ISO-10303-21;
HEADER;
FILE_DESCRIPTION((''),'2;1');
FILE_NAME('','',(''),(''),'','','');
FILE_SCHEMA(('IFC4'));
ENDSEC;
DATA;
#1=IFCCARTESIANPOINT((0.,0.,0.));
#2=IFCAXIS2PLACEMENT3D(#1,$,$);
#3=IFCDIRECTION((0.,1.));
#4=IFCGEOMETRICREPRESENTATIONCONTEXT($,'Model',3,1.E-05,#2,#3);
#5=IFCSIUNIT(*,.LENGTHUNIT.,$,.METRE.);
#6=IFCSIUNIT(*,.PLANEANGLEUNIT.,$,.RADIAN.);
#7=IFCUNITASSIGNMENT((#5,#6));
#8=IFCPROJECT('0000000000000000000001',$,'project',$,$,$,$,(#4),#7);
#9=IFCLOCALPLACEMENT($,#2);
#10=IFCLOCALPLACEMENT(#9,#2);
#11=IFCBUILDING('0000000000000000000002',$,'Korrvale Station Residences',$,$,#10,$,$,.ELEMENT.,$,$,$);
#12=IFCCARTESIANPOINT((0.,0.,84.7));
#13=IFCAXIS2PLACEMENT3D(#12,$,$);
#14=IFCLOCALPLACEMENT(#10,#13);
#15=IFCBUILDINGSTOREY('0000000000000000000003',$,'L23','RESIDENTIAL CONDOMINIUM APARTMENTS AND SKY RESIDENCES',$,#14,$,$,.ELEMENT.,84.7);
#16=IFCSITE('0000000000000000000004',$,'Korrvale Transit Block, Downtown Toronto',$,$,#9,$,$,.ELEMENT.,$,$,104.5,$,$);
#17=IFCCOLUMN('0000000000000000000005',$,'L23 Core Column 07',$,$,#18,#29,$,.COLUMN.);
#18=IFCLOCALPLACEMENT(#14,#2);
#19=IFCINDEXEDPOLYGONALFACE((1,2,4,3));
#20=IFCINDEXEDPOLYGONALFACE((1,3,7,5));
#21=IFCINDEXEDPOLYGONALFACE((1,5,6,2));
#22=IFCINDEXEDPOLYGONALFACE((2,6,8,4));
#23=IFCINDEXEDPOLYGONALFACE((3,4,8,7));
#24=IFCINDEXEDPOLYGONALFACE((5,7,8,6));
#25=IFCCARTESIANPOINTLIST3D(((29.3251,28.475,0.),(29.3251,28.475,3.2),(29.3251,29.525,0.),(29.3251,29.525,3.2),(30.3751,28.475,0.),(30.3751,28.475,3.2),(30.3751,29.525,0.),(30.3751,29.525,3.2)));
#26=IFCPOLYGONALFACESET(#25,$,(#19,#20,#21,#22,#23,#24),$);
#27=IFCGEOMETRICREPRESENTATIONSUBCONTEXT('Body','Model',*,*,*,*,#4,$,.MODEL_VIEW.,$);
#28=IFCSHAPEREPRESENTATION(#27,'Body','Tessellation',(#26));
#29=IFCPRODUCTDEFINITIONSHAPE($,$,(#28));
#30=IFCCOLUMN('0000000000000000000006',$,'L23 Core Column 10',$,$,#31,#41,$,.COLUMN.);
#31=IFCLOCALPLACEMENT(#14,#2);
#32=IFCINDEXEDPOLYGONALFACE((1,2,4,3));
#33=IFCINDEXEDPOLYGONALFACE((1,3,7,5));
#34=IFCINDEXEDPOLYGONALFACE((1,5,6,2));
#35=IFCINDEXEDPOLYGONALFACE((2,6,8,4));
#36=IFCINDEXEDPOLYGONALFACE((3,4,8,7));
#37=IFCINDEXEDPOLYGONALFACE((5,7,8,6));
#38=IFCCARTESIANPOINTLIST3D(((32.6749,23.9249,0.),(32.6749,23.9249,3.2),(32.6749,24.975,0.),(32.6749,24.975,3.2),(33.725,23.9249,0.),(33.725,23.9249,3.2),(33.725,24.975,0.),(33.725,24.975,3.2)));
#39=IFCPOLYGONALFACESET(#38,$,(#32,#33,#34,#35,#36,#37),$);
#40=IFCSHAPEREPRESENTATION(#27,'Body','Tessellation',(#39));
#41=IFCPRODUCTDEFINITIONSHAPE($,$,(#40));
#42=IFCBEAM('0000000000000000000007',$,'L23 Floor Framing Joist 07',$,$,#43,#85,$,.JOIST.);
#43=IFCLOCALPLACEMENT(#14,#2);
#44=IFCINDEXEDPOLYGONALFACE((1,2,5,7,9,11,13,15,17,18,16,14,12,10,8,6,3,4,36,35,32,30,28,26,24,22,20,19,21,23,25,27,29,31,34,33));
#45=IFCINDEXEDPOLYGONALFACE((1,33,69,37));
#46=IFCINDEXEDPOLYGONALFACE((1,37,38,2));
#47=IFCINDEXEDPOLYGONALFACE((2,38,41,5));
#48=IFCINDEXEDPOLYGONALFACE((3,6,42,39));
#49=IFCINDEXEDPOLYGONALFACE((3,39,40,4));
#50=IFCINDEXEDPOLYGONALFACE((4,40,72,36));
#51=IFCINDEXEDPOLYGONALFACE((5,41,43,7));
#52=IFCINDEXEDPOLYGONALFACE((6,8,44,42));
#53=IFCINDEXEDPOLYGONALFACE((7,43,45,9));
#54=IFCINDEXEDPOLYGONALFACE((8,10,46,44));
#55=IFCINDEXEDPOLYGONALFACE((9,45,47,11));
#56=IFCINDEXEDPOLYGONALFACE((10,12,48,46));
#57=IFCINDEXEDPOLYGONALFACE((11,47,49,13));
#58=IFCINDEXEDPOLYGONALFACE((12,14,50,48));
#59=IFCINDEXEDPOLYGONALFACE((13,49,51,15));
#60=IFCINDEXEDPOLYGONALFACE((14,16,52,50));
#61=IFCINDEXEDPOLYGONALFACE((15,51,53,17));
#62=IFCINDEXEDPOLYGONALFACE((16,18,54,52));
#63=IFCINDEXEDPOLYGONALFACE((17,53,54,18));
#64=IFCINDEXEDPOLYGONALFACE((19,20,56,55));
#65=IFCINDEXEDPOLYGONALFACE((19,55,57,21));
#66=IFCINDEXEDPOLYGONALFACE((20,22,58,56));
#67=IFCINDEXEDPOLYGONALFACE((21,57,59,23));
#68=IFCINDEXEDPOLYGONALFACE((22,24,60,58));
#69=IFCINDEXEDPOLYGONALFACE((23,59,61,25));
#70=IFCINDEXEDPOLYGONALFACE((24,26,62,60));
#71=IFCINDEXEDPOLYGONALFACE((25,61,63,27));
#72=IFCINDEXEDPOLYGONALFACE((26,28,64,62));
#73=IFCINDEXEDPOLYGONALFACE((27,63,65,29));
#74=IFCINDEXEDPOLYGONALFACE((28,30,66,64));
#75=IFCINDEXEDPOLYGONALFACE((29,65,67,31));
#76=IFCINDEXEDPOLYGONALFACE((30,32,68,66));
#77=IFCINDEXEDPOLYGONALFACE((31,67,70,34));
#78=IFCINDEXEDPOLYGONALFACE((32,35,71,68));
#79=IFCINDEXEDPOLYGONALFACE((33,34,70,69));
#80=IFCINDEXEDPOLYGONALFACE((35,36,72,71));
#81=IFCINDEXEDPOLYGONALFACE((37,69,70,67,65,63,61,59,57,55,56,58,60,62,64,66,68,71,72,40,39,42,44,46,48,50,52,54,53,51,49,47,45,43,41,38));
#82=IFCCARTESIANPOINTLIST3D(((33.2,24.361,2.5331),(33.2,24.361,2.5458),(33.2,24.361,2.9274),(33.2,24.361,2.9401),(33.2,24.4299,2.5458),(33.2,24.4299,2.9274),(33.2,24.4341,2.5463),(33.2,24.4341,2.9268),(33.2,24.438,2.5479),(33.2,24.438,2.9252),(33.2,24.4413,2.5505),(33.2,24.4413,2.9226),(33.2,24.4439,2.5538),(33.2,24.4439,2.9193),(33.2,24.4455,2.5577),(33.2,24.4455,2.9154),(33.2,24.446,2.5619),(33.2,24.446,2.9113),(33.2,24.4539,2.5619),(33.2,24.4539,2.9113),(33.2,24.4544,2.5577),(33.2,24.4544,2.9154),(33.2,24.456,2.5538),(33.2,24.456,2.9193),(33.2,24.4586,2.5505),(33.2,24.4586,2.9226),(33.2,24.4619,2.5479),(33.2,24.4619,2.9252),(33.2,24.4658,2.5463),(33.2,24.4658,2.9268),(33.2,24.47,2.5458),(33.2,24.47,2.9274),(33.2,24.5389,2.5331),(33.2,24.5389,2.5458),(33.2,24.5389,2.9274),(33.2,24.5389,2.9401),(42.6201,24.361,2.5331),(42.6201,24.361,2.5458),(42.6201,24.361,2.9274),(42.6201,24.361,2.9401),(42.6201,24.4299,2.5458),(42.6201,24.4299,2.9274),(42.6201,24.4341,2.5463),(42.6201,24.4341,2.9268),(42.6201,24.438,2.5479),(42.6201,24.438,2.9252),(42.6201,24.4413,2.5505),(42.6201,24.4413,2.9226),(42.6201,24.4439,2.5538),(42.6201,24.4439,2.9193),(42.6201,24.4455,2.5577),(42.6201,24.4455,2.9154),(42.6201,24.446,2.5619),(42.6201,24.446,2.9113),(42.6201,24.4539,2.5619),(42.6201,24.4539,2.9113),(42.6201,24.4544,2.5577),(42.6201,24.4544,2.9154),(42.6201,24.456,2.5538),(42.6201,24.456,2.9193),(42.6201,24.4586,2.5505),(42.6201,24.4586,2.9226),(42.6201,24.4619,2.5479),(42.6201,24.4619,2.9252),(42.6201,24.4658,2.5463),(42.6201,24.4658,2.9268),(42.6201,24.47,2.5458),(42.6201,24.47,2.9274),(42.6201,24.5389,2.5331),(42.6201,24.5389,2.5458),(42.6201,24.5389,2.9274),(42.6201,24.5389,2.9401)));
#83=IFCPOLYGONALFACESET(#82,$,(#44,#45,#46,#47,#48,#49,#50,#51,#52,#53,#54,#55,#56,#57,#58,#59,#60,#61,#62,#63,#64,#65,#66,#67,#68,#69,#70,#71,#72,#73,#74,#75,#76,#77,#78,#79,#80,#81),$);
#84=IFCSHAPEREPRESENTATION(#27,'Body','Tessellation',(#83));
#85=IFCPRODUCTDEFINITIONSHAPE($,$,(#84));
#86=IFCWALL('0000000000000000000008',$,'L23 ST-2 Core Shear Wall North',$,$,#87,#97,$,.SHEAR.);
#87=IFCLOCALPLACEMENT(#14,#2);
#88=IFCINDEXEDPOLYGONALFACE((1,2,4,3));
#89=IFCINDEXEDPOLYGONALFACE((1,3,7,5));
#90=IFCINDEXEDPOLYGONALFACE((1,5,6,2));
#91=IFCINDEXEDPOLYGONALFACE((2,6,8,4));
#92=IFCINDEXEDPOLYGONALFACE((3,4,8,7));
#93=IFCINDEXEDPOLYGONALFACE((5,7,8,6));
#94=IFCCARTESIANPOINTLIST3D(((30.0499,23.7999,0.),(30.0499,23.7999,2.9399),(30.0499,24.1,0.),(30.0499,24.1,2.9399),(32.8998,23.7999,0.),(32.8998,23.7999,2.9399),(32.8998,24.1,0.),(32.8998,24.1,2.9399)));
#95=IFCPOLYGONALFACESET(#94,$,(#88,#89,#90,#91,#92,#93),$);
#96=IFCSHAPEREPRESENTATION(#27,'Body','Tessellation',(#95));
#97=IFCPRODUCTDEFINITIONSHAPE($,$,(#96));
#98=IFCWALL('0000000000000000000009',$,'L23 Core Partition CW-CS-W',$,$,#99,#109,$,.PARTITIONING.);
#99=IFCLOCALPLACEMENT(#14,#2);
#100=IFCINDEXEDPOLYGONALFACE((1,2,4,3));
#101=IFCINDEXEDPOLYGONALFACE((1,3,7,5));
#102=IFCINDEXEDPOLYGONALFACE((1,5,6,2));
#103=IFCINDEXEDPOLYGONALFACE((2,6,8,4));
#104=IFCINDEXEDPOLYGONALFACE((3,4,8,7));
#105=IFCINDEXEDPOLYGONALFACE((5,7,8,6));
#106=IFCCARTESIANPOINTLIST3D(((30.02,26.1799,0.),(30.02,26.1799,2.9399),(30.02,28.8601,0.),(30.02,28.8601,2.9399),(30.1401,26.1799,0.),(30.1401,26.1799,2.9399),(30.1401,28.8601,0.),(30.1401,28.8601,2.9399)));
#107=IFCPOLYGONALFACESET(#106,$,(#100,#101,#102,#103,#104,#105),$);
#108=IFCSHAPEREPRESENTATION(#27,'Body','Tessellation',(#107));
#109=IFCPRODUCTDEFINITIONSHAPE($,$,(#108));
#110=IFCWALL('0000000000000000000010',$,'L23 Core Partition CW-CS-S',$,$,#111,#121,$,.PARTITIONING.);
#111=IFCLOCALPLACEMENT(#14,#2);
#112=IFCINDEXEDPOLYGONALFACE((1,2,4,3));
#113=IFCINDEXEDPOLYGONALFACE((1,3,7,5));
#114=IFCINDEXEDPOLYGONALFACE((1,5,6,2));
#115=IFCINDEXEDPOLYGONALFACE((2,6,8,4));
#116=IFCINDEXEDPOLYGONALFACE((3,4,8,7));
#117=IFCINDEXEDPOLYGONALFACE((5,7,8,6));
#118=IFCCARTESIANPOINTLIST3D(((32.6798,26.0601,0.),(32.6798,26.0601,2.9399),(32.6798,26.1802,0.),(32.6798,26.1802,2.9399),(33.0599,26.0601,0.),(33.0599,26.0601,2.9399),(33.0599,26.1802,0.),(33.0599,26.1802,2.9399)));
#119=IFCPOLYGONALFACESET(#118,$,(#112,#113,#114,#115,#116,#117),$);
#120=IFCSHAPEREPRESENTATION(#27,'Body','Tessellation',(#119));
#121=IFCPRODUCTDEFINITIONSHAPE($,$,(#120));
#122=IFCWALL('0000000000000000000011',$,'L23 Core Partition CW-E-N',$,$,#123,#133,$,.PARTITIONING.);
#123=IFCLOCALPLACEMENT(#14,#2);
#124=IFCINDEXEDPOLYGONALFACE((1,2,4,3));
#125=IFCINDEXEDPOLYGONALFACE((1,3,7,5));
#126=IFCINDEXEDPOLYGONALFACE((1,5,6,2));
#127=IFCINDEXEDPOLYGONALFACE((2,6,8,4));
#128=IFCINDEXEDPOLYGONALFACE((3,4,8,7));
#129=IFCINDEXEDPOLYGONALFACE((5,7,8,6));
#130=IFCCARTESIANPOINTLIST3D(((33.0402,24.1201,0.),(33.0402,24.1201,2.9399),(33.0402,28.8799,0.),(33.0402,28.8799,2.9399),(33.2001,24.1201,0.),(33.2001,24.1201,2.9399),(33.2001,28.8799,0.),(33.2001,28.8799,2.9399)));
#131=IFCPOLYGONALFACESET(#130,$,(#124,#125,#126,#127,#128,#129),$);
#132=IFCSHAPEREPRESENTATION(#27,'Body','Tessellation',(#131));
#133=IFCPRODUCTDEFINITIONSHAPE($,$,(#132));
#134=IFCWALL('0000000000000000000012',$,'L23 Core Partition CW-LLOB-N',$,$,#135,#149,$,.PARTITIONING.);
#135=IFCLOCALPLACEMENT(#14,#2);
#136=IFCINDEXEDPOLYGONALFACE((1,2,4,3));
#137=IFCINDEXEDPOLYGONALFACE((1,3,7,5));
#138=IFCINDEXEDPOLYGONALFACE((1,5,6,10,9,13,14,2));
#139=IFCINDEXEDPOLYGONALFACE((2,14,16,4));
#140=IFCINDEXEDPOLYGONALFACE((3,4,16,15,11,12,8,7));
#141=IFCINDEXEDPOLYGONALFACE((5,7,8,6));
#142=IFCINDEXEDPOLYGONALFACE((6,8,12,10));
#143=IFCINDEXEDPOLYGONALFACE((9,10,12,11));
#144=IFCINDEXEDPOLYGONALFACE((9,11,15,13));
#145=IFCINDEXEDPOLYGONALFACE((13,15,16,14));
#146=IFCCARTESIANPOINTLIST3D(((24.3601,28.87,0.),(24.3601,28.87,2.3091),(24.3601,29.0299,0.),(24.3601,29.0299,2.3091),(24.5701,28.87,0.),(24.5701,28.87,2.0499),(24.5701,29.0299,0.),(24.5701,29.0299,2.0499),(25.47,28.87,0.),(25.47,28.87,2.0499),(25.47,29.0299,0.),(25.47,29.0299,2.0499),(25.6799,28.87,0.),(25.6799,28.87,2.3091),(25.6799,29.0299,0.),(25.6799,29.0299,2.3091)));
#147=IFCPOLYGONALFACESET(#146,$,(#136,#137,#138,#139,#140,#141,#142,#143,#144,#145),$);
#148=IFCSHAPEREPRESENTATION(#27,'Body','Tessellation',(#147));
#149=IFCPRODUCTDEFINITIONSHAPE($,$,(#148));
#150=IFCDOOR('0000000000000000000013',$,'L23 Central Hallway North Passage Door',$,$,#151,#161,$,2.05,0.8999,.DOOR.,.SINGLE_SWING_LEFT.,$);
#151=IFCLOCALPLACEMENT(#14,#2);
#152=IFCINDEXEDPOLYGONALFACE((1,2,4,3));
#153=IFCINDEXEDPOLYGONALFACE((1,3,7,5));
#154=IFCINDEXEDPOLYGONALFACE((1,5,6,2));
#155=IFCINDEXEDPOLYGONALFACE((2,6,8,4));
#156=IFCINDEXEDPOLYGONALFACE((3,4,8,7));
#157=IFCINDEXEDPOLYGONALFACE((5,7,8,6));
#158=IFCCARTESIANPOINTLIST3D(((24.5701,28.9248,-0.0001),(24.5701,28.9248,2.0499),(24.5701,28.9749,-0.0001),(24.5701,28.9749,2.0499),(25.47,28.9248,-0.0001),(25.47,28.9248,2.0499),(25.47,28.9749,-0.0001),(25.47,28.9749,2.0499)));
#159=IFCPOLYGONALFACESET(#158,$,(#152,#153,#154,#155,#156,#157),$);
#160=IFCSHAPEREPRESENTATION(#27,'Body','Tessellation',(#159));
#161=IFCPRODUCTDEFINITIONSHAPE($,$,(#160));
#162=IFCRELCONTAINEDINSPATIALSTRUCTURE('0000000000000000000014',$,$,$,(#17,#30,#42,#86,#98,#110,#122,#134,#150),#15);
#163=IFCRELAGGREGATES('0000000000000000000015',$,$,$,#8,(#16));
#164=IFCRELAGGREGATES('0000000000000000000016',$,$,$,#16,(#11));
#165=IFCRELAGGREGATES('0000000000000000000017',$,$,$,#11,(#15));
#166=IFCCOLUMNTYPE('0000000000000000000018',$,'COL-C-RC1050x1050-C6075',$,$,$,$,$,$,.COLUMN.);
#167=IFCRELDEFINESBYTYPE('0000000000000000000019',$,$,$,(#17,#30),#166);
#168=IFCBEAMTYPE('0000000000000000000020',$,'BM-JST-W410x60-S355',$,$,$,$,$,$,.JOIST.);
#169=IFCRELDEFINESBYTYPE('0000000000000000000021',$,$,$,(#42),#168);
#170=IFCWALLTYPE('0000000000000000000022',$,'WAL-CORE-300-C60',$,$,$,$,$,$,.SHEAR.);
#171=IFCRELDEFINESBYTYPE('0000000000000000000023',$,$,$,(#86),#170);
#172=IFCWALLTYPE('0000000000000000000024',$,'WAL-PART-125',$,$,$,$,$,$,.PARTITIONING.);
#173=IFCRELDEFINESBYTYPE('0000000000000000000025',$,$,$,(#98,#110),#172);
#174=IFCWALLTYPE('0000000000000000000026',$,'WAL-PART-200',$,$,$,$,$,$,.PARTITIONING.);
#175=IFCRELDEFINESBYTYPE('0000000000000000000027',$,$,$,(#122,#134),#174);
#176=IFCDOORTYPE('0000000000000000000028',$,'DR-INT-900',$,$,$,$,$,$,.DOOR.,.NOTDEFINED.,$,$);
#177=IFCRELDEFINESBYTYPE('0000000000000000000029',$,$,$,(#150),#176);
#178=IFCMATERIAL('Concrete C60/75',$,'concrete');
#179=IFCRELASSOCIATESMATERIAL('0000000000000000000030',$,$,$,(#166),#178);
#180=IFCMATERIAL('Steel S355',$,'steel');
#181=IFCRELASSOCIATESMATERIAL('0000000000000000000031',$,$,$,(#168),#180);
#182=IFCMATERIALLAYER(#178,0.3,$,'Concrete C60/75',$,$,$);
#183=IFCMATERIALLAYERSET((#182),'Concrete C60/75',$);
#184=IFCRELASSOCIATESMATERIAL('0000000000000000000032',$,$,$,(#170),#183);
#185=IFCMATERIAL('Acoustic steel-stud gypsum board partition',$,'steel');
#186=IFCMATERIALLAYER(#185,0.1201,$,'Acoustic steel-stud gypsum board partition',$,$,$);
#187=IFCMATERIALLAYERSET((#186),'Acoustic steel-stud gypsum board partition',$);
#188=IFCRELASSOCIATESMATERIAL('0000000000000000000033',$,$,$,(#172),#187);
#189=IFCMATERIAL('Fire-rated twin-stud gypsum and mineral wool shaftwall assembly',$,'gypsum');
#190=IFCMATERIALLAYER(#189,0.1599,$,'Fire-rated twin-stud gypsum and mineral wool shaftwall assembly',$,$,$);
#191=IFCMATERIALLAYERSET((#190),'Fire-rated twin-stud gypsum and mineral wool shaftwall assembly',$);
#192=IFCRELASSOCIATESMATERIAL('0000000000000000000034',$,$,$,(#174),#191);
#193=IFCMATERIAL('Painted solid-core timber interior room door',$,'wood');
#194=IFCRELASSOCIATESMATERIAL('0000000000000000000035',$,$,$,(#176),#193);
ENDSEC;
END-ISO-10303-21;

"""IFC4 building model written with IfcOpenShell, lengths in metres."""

from ifc_helpers import new_model, si_unit, direction, frame, frame_2d, origin, origin_2d, place, context, subcontext, project, spatial, rectangle, i_section, extrude, material, layer, layer_set, material_profile, profile_set, type_object, element, fill, save


model = new_model("IFC4")

# Units and contexts
model_context = context("Model", 3, precision=1e-05, world=origin(), true_north=direction((0.0, 1.0)))
body_context = subcontext(model_context, "Body", "Model", "MODEL_VIEW")
ifc_project = project(units=[si_unit("LENGTHUNIT", "METRE"), si_unit("PLANEANGLEUNIT", "RADIAN")], contexts=[model_context])

# Site, building, storey
site_placement = place(None, origin())
site = spatial("IfcSite", under=ifc_project, at=site_placement, Name="Korrvale Transit Block, Downtown Toronto", CompositionType="ELEMENT", RefElevation=104.5)
building_placement = place(site_placement, origin())
building = spatial("IfcBuilding", under=site, at=building_placement, Name="Korrvale Station Residences", CompositionType="ELEMENT")
storey_placement = place(building_placement, frame((0.0, 0.0, 84.7)))
storey = spatial("IfcBuildingStorey", under=building, at=storey_placement, Name="L23", Description="RESIDENTIAL CONDOMINIUM APARTMENTS AND SKY RESIDENCES", CompositionType="ELEMENT", Elevation=84.7)

# Columns
ifc_material_1 = material(Name="Concrete C60/75", Category="concrete")
ifc_material_profile_1 = material_profile(ifc_material_1, rectangle(XDim=1.05, YDim=1.05, at=origin_2d()), Name="RC1050x1050")
ifc_profile_set_1 = profile_set([ifc_material_profile_1], Name="Concrete C60/75")
column_type = type_object("IfcColumnType", Name="COL-C-RC1050x1050-C6075", PredefinedType="COLUMN", material=ifc_profile_set_1)
for number, where, z_axis, x_axis, name in (
    (1, (29.8501, 29.0, 0.0), (0.0, 0.0, 1.0), (1.0, 0.0, 0.0), "L23 Core Column 07"),
    (2, (33.2, 24.45, 0.0), (0.0, 0.0, 1.0), (1.0, 0.0, 0.0), "L23 Core Column 10"),
):
    element("IfcColumn", number, at=place(storey_placement, frame(where, z_axis=z_axis, x_axis=x_axis)), inside=storey, type_object=column_type, Name=name, PredefinedType="COLUMN", context=body_context, shape_type="SweptSolid", body=[
        extrude(rectangle(XDim=1.05, YDim=1.05, at=origin_2d()), origin(), (0.0, 0.0, 1.0), 3.2),
    ])

# Beam
ifc_material_2 = material(Name="Steel S355", Category="steel")
ifc_material_profile_2 = material_profile(ifc_material_2, i_section(OverallWidth=0.178, OverallDepth=0.407, WebThickness=0.0078, FlangeThickness=0.0127, FilletRadius=0.0161, at=origin_2d()), Name="W410x60")
ifc_profile_set_2 = profile_set([ifc_material_profile_2], Name="Steel S355")
beam_type = type_object("IfcBeamType", Name="BM-JST-W410x60-S355", PredefinedType="JOIST", material=ifc_profile_set_2)
beam_placement = place(storey_placement, frame((33.2, 24.45, 2.7366), z_axis=(1.0, 0.0, 0.0), x_axis=(0.0, 1.0, 0.0)))
element("IfcBeam", 3, at=beam_placement, inside=storey, type_object=beam_type, Name="L23 Floor Framing Joist 07", PredefinedType="JOIST", context=body_context, shape_type="SweptSolid", body=[
    extrude(i_section(OverallWidth=0.178, OverallDepth=0.407, WebThickness=0.0078, FlangeThickness=0.0127, FilletRadius=0.0161, at=origin_2d()), origin(), (0.0, 0.0, 1.0), 9.4202),
])

# Walls
ifc_layer_1 = layer(ifc_material_1, 0.3, Name="Concrete C60/75")
ifc_layer_set_1 = layer_set([ifc_layer_1], Name="Concrete C60/75")
wall_type_1 = type_object("IfcWallType", Name="WAL-CORE-300-C60", PredefinedType="SHEAR", material=ifc_layer_set_1)
wall_1_placement = place(storey_placement, frame((30.05, 23.95, 0.0), z_axis=(0.0, 0.0, 1.0), x_axis=(1.0, 0.0, 0.0)))
element("IfcWall", 4, at=wall_1_placement, inside=storey, type_object=wall_type_1, Name="L23 ST-2 Core Shear Wall North", PredefinedType="SHEAR", context=body_context, shape_type="SweptSolid", body=[
    extrude(rectangle(XDim=2.8499, YDim=0.3, at=frame_2d((1.4248, 0.0))), origin(), (0.0, 0.0, 1.0), 2.9399),
])
ifc_material_3 = material(Name="Acoustic steel-stud gypsum board partition", Category="steel")
ifc_layer_2 = layer(ifc_material_3, 0.1201, Name="Acoustic steel-stud gypsum board partition")
ifc_layer_set_2 = layer_set([ifc_layer_2], Name="Acoustic steel-stud gypsum board partition")
wall_type_2 = type_object("IfcWallType", Name="WAL-PART-125", PredefinedType="PARTITIONING", material=ifc_layer_set_2)
wall_2_placement = place(storey_placement, frame((30.0801, 26.1799, 0.0), z_axis=(0.0, 0.0, 1.0), x_axis=(0.0, 1.0, 0.0)))
element("IfcWall", 5, at=wall_2_placement, inside=storey, type_object=wall_type_2, Name="L23 Core Partition CW-CS-W", PredefinedType="PARTITIONING", context=body_context, shape_type="SweptSolid", body=[
    extrude(rectangle(XDim=2.6802, YDim=0.1201, at=frame_2d((1.3401, 0.0))), origin(), (0.0, 0.0, 1.0), 2.9399),
])
wall_3_placement = place(storey_placement, frame((32.6799, 26.1201, 0.0), z_axis=(0.0, 0.0, 1.0), x_axis=(1.0, 0.0, 0.0)))
element("IfcWall", 6, at=wall_3_placement, inside=storey, type_object=wall_type_2, Name="L23 Core Partition CW-CS-S", PredefinedType="PARTITIONING", context=body_context, shape_type="SweptSolid", body=[
    extrude(rectangle(XDim=0.3801, YDim=0.1201, at=frame_2d((0.1899, 0.0))), origin(), (0.0, 0.0, 1.0), 2.9399),
])
ifc_material_4 = material(Name="Fire-rated twin-stud gypsum and mineral wool shaftwall assembly", Category="gypsum")
ifc_layer_3 = layer(ifc_material_4, 0.1599, Name="Fire-rated twin-stud gypsum and mineral wool shaftwall assembly")
ifc_layer_set_3 = layer_set([ifc_layer_3], Name="Fire-rated twin-stud gypsum and mineral wool shaftwall assembly")
wall_type_3 = type_object("IfcWallType", Name="WAL-PART-200", PredefinedType="PARTITIONING", material=ifc_layer_set_3)
wall_4_placement = place(storey_placement, frame((33.1201, 24.1201, 0.0), z_axis=(0.0, 0.0, 1.0), x_axis=(0.0, 1.0, 0.0)))
element("IfcWall", 7, at=wall_4_placement, inside=storey, type_object=wall_type_3, Name="L23 Core Partition CW-E-N", PredefinedType="PARTITIONING", context=body_context, shape_type="SweptSolid", body=[
    extrude(rectangle(XDim=4.7598, YDim=0.1599, at=frame_2d((2.3799, 0.0))), origin(), (0.0, 0.0, 1.0), 2.9399),
])

# Wall, opening, door
wall_5_placement = place(storey_placement, frame((24.3601, 28.95, 0.0), z_axis=(0.0, 0.0, 1.0), x_axis=(1.0, 0.0, 0.0)))
wall_5 = element("IfcWall", 8, at=wall_5_placement, inside=storey, type_object=wall_type_3, Name="L23 Core Partition CW-LLOB-N", PredefinedType="PARTITIONING", context=body_context, shape_type="SweptSolid", body=[
    extrude(rectangle(XDim=1.3198, YDim=0.1599, at=frame_2d((0.6599, 0.0))), origin(), (0.0, 0.0, 1.0), 2.3091),
])
opening_1_placement = place(wall_5_placement, frame((0.21, 0.0, 0.0)))
opening_1 = element("IfcOpeningElement", 9, at=opening_1_placement, cuts=wall_5, PredefinedType="OPENING", context=body_context, shape_type="SweptSolid", body=[
    extrude(rectangle(XDim=0.8999, YDim=2.05, at=frame_2d((0.45, 1.0249))), frame((0.0, 0.0898, 0.0), z_axis=(0.0, -1.0, 0.0), x_axis=(1.0, 0.0, 0.0)), (0.0, 0.0, 1.0), 0.1799),
])
ifc_material_5 = material(Name="Painted solid-core timber interior room door", Category="wood")
door_type_1 = type_object("IfcDoorType", Name="DR-INT-900", OperationType="NOTDEFINED", PredefinedType="DOOR", material=ifc_material_5)
door_1_placement = place(opening_1_placement, origin())
door_1 = element("IfcDoor", 10, at=door_1_placement, inside=storey, type_object=door_type_1, Name="L23 Central Hallway North Passage Door", OperationType="SINGLE_SWING_LEFT", OverallHeight=2.05, OverallWidth=0.8999, PredefinedType="DOOR", context=body_context, shape_type="SweptSolid", body=[
    extrude(rectangle(XDim=0.8999, YDim=2.05, at=frame_2d((0.45, 1.0249))), frame((0.0, 0.0249, 0.0), z_axis=(0.0, -1.0, 0.0), x_axis=(1.0, 0.0, 0.0)), (0.0, 0.0, 1.0), 0.05),
])
fill(opening_1, door_1)

save(model, "model.ifc")
